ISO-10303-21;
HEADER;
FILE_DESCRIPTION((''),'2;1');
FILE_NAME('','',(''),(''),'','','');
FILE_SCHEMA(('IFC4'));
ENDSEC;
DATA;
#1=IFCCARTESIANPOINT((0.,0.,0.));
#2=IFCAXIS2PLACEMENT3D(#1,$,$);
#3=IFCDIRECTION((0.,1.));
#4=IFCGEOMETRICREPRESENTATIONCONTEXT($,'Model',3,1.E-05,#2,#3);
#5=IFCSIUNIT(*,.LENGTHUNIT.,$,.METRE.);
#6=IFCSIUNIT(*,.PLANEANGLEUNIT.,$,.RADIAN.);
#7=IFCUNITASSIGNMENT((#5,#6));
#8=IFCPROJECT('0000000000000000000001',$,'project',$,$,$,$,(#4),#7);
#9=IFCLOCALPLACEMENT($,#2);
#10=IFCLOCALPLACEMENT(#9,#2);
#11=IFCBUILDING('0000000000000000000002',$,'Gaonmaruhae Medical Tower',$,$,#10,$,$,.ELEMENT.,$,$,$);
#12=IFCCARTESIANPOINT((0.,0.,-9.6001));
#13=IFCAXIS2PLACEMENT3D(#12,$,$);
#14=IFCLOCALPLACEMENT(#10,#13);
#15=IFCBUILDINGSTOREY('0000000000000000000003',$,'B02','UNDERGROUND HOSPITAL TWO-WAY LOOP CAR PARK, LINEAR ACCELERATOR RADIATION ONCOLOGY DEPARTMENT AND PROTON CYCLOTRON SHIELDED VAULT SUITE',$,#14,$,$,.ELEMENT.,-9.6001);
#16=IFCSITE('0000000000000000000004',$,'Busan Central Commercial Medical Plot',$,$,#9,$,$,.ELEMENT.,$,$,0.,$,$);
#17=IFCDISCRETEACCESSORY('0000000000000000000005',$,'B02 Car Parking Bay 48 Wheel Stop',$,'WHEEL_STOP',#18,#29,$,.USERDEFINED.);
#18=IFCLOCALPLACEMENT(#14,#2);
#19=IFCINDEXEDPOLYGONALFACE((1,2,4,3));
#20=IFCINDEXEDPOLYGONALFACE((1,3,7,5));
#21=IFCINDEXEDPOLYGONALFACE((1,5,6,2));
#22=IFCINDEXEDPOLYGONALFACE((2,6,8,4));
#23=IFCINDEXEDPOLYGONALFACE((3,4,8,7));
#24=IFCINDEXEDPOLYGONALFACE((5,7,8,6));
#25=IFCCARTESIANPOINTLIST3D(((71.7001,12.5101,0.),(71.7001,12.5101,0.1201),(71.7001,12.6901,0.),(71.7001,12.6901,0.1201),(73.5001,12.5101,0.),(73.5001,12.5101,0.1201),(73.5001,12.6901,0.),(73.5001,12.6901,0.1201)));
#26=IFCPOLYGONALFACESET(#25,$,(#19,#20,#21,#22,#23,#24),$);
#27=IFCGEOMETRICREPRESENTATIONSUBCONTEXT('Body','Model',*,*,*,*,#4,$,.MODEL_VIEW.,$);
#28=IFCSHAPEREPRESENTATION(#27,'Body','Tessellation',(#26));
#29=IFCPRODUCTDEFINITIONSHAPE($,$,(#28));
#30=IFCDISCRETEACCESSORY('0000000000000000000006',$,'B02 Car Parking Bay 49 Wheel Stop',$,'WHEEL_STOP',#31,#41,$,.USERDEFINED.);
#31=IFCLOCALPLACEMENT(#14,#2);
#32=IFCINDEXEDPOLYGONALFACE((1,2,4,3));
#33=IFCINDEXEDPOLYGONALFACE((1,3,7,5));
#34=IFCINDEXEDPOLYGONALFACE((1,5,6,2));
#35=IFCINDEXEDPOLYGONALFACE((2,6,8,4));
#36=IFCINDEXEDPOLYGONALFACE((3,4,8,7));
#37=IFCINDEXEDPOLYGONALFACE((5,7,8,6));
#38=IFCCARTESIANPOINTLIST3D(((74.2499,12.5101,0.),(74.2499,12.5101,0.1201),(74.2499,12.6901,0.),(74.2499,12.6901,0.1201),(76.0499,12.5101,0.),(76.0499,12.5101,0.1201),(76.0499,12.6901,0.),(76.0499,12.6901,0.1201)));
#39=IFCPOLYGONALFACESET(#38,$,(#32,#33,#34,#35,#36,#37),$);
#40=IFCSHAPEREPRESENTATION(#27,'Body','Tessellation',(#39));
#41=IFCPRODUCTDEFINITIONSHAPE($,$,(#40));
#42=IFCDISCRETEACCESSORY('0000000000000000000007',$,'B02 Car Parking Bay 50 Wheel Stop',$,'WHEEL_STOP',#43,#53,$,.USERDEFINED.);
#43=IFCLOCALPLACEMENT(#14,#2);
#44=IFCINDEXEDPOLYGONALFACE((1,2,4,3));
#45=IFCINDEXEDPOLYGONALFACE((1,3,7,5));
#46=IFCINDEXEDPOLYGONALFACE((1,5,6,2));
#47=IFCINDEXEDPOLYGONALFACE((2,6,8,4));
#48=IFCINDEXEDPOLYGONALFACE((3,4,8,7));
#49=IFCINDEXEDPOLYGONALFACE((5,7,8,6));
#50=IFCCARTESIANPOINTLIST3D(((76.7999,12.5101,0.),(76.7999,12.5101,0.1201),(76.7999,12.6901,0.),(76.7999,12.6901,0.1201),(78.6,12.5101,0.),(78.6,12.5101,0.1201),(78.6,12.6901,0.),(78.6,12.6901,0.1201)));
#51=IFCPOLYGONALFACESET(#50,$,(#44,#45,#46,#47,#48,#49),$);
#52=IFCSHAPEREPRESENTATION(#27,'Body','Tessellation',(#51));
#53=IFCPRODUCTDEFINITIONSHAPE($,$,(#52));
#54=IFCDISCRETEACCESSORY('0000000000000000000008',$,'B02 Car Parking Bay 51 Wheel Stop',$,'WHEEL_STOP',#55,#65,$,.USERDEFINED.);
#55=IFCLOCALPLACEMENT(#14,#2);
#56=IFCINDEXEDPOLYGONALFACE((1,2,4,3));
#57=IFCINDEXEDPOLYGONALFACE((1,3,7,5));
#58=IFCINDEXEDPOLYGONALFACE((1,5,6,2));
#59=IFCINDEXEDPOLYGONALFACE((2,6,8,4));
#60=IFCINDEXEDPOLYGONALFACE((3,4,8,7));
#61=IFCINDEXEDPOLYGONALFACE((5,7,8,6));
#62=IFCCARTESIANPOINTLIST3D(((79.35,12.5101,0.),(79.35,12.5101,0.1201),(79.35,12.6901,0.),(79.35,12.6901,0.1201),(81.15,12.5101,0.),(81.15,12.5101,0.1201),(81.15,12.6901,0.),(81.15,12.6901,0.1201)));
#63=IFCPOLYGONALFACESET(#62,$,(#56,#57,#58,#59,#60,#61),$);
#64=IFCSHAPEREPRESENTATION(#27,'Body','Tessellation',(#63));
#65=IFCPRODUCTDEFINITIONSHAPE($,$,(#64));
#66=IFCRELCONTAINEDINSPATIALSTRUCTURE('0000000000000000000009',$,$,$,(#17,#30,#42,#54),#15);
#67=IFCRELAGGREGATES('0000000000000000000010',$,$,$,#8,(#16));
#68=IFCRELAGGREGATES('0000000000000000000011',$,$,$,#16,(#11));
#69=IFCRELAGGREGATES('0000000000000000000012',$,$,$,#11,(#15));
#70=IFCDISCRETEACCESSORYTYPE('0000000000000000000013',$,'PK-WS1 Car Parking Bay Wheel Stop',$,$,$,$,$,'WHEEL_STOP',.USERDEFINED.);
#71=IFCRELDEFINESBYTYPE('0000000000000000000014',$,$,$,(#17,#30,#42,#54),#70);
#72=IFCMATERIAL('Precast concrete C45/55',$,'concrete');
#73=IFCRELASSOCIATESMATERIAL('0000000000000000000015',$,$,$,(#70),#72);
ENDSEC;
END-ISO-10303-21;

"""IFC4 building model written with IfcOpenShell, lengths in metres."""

from ifc_helpers import new_model, si_unit, direction, frame, origin, origin_2d, place, context, subcontext, project, spatial, rectangle, extrude, material, type_object, element, save


model = new_model("IFC4")

# Units and contexts
model_context = context("Model", 3, precision=1e-05, world=origin(), true_north=direction((0.0, 1.0)))
body_context = subcontext(model_context, "Body", "Model", "MODEL_VIEW")
ifc_project = project(units=[si_unit("LENGTHUNIT", "METRE"), si_unit("PLANEANGLEUNIT", "RADIAN")], contexts=[model_context])

# Site, building, storey
site_placement = place(None, origin())
site = spatial("IfcSite", under=ifc_project, at=site_placement, Name="Busan Central Commercial Medical Plot", CompositionType="ELEMENT", RefElevation=0.0)
building_placement = place(site_placement, origin())
building = spatial("IfcBuilding", under=site, at=building_placement, Name="Gaonmaruhae Medical Tower", CompositionType="ELEMENT")
storey_placement = place(building_placement, frame((0.0, 0.0, -9.6001)))
storey = spatial("IfcBuildingStorey", under=building, at=storey_placement, Name="B02", Description="UNDERGROUND HOSPITAL TWO-WAY LOOP CAR PARK, LINEAR ACCELERATOR RADIATION ONCOLOGY DEPARTMENT AND PROTON CYCLOTRON SHIELDED VAULT SUITE", CompositionType="ELEMENT", Elevation=-9.6001)

# Discrete accessories
ifc_material_1 = material(Name="Precast concrete C45/55", Category="concrete")
discrete_accessory_type = type_object("IfcDiscreteAccessoryType", Name="PK-WS1 Car Parking Bay Wheel Stop", ElementType="WHEEL_STOP", PredefinedType="USERDEFINED", material=ifc_material_1)
for number, where, z_axis, x_axis, name in (
    (1, (72.6001, 12.6001, 0.0), (0.0, 0.0, 1.0), (1.0, 0.0, 0.0), "B02 Car Parking Bay 48 Wheel Stop"),
    (2, (75.1499, 12.6001, 0.0), (0.0, 0.0, 1.0), (1.0, 0.0, 0.0), "B02 Car Parking Bay 49 Wheel Stop"),
    (3, (77.7, 12.6001, 0.0), (0.0, 0.0, 1.0), (1.0, 0.0, 0.0), "B02 Car Parking Bay 50 Wheel Stop"),
    (4, (80.25, 12.6001, 0.0), (0.0, 0.0, 1.0), (1.0, 0.0, 0.0), "B02 Car Parking Bay 51 Wheel Stop"),
):
    element("IfcDiscreteAccessory", number, at=place(storey_placement, frame(where, z_axis=z_axis, x_axis=x_axis)), inside=storey, type_object=discrete_accessory_type, Name=name, ObjectType="WHEEL_STOP", PredefinedType="USERDEFINED", context=body_context, shape_type="SweptSolid", body=[
        extrude(rectangle(XDim=1.8, YDim=0.1799, at=origin_2d()), origin(), (0.0, 0.0, 1.0), 0.1201),
    ])

save(model, "model.ifc")
